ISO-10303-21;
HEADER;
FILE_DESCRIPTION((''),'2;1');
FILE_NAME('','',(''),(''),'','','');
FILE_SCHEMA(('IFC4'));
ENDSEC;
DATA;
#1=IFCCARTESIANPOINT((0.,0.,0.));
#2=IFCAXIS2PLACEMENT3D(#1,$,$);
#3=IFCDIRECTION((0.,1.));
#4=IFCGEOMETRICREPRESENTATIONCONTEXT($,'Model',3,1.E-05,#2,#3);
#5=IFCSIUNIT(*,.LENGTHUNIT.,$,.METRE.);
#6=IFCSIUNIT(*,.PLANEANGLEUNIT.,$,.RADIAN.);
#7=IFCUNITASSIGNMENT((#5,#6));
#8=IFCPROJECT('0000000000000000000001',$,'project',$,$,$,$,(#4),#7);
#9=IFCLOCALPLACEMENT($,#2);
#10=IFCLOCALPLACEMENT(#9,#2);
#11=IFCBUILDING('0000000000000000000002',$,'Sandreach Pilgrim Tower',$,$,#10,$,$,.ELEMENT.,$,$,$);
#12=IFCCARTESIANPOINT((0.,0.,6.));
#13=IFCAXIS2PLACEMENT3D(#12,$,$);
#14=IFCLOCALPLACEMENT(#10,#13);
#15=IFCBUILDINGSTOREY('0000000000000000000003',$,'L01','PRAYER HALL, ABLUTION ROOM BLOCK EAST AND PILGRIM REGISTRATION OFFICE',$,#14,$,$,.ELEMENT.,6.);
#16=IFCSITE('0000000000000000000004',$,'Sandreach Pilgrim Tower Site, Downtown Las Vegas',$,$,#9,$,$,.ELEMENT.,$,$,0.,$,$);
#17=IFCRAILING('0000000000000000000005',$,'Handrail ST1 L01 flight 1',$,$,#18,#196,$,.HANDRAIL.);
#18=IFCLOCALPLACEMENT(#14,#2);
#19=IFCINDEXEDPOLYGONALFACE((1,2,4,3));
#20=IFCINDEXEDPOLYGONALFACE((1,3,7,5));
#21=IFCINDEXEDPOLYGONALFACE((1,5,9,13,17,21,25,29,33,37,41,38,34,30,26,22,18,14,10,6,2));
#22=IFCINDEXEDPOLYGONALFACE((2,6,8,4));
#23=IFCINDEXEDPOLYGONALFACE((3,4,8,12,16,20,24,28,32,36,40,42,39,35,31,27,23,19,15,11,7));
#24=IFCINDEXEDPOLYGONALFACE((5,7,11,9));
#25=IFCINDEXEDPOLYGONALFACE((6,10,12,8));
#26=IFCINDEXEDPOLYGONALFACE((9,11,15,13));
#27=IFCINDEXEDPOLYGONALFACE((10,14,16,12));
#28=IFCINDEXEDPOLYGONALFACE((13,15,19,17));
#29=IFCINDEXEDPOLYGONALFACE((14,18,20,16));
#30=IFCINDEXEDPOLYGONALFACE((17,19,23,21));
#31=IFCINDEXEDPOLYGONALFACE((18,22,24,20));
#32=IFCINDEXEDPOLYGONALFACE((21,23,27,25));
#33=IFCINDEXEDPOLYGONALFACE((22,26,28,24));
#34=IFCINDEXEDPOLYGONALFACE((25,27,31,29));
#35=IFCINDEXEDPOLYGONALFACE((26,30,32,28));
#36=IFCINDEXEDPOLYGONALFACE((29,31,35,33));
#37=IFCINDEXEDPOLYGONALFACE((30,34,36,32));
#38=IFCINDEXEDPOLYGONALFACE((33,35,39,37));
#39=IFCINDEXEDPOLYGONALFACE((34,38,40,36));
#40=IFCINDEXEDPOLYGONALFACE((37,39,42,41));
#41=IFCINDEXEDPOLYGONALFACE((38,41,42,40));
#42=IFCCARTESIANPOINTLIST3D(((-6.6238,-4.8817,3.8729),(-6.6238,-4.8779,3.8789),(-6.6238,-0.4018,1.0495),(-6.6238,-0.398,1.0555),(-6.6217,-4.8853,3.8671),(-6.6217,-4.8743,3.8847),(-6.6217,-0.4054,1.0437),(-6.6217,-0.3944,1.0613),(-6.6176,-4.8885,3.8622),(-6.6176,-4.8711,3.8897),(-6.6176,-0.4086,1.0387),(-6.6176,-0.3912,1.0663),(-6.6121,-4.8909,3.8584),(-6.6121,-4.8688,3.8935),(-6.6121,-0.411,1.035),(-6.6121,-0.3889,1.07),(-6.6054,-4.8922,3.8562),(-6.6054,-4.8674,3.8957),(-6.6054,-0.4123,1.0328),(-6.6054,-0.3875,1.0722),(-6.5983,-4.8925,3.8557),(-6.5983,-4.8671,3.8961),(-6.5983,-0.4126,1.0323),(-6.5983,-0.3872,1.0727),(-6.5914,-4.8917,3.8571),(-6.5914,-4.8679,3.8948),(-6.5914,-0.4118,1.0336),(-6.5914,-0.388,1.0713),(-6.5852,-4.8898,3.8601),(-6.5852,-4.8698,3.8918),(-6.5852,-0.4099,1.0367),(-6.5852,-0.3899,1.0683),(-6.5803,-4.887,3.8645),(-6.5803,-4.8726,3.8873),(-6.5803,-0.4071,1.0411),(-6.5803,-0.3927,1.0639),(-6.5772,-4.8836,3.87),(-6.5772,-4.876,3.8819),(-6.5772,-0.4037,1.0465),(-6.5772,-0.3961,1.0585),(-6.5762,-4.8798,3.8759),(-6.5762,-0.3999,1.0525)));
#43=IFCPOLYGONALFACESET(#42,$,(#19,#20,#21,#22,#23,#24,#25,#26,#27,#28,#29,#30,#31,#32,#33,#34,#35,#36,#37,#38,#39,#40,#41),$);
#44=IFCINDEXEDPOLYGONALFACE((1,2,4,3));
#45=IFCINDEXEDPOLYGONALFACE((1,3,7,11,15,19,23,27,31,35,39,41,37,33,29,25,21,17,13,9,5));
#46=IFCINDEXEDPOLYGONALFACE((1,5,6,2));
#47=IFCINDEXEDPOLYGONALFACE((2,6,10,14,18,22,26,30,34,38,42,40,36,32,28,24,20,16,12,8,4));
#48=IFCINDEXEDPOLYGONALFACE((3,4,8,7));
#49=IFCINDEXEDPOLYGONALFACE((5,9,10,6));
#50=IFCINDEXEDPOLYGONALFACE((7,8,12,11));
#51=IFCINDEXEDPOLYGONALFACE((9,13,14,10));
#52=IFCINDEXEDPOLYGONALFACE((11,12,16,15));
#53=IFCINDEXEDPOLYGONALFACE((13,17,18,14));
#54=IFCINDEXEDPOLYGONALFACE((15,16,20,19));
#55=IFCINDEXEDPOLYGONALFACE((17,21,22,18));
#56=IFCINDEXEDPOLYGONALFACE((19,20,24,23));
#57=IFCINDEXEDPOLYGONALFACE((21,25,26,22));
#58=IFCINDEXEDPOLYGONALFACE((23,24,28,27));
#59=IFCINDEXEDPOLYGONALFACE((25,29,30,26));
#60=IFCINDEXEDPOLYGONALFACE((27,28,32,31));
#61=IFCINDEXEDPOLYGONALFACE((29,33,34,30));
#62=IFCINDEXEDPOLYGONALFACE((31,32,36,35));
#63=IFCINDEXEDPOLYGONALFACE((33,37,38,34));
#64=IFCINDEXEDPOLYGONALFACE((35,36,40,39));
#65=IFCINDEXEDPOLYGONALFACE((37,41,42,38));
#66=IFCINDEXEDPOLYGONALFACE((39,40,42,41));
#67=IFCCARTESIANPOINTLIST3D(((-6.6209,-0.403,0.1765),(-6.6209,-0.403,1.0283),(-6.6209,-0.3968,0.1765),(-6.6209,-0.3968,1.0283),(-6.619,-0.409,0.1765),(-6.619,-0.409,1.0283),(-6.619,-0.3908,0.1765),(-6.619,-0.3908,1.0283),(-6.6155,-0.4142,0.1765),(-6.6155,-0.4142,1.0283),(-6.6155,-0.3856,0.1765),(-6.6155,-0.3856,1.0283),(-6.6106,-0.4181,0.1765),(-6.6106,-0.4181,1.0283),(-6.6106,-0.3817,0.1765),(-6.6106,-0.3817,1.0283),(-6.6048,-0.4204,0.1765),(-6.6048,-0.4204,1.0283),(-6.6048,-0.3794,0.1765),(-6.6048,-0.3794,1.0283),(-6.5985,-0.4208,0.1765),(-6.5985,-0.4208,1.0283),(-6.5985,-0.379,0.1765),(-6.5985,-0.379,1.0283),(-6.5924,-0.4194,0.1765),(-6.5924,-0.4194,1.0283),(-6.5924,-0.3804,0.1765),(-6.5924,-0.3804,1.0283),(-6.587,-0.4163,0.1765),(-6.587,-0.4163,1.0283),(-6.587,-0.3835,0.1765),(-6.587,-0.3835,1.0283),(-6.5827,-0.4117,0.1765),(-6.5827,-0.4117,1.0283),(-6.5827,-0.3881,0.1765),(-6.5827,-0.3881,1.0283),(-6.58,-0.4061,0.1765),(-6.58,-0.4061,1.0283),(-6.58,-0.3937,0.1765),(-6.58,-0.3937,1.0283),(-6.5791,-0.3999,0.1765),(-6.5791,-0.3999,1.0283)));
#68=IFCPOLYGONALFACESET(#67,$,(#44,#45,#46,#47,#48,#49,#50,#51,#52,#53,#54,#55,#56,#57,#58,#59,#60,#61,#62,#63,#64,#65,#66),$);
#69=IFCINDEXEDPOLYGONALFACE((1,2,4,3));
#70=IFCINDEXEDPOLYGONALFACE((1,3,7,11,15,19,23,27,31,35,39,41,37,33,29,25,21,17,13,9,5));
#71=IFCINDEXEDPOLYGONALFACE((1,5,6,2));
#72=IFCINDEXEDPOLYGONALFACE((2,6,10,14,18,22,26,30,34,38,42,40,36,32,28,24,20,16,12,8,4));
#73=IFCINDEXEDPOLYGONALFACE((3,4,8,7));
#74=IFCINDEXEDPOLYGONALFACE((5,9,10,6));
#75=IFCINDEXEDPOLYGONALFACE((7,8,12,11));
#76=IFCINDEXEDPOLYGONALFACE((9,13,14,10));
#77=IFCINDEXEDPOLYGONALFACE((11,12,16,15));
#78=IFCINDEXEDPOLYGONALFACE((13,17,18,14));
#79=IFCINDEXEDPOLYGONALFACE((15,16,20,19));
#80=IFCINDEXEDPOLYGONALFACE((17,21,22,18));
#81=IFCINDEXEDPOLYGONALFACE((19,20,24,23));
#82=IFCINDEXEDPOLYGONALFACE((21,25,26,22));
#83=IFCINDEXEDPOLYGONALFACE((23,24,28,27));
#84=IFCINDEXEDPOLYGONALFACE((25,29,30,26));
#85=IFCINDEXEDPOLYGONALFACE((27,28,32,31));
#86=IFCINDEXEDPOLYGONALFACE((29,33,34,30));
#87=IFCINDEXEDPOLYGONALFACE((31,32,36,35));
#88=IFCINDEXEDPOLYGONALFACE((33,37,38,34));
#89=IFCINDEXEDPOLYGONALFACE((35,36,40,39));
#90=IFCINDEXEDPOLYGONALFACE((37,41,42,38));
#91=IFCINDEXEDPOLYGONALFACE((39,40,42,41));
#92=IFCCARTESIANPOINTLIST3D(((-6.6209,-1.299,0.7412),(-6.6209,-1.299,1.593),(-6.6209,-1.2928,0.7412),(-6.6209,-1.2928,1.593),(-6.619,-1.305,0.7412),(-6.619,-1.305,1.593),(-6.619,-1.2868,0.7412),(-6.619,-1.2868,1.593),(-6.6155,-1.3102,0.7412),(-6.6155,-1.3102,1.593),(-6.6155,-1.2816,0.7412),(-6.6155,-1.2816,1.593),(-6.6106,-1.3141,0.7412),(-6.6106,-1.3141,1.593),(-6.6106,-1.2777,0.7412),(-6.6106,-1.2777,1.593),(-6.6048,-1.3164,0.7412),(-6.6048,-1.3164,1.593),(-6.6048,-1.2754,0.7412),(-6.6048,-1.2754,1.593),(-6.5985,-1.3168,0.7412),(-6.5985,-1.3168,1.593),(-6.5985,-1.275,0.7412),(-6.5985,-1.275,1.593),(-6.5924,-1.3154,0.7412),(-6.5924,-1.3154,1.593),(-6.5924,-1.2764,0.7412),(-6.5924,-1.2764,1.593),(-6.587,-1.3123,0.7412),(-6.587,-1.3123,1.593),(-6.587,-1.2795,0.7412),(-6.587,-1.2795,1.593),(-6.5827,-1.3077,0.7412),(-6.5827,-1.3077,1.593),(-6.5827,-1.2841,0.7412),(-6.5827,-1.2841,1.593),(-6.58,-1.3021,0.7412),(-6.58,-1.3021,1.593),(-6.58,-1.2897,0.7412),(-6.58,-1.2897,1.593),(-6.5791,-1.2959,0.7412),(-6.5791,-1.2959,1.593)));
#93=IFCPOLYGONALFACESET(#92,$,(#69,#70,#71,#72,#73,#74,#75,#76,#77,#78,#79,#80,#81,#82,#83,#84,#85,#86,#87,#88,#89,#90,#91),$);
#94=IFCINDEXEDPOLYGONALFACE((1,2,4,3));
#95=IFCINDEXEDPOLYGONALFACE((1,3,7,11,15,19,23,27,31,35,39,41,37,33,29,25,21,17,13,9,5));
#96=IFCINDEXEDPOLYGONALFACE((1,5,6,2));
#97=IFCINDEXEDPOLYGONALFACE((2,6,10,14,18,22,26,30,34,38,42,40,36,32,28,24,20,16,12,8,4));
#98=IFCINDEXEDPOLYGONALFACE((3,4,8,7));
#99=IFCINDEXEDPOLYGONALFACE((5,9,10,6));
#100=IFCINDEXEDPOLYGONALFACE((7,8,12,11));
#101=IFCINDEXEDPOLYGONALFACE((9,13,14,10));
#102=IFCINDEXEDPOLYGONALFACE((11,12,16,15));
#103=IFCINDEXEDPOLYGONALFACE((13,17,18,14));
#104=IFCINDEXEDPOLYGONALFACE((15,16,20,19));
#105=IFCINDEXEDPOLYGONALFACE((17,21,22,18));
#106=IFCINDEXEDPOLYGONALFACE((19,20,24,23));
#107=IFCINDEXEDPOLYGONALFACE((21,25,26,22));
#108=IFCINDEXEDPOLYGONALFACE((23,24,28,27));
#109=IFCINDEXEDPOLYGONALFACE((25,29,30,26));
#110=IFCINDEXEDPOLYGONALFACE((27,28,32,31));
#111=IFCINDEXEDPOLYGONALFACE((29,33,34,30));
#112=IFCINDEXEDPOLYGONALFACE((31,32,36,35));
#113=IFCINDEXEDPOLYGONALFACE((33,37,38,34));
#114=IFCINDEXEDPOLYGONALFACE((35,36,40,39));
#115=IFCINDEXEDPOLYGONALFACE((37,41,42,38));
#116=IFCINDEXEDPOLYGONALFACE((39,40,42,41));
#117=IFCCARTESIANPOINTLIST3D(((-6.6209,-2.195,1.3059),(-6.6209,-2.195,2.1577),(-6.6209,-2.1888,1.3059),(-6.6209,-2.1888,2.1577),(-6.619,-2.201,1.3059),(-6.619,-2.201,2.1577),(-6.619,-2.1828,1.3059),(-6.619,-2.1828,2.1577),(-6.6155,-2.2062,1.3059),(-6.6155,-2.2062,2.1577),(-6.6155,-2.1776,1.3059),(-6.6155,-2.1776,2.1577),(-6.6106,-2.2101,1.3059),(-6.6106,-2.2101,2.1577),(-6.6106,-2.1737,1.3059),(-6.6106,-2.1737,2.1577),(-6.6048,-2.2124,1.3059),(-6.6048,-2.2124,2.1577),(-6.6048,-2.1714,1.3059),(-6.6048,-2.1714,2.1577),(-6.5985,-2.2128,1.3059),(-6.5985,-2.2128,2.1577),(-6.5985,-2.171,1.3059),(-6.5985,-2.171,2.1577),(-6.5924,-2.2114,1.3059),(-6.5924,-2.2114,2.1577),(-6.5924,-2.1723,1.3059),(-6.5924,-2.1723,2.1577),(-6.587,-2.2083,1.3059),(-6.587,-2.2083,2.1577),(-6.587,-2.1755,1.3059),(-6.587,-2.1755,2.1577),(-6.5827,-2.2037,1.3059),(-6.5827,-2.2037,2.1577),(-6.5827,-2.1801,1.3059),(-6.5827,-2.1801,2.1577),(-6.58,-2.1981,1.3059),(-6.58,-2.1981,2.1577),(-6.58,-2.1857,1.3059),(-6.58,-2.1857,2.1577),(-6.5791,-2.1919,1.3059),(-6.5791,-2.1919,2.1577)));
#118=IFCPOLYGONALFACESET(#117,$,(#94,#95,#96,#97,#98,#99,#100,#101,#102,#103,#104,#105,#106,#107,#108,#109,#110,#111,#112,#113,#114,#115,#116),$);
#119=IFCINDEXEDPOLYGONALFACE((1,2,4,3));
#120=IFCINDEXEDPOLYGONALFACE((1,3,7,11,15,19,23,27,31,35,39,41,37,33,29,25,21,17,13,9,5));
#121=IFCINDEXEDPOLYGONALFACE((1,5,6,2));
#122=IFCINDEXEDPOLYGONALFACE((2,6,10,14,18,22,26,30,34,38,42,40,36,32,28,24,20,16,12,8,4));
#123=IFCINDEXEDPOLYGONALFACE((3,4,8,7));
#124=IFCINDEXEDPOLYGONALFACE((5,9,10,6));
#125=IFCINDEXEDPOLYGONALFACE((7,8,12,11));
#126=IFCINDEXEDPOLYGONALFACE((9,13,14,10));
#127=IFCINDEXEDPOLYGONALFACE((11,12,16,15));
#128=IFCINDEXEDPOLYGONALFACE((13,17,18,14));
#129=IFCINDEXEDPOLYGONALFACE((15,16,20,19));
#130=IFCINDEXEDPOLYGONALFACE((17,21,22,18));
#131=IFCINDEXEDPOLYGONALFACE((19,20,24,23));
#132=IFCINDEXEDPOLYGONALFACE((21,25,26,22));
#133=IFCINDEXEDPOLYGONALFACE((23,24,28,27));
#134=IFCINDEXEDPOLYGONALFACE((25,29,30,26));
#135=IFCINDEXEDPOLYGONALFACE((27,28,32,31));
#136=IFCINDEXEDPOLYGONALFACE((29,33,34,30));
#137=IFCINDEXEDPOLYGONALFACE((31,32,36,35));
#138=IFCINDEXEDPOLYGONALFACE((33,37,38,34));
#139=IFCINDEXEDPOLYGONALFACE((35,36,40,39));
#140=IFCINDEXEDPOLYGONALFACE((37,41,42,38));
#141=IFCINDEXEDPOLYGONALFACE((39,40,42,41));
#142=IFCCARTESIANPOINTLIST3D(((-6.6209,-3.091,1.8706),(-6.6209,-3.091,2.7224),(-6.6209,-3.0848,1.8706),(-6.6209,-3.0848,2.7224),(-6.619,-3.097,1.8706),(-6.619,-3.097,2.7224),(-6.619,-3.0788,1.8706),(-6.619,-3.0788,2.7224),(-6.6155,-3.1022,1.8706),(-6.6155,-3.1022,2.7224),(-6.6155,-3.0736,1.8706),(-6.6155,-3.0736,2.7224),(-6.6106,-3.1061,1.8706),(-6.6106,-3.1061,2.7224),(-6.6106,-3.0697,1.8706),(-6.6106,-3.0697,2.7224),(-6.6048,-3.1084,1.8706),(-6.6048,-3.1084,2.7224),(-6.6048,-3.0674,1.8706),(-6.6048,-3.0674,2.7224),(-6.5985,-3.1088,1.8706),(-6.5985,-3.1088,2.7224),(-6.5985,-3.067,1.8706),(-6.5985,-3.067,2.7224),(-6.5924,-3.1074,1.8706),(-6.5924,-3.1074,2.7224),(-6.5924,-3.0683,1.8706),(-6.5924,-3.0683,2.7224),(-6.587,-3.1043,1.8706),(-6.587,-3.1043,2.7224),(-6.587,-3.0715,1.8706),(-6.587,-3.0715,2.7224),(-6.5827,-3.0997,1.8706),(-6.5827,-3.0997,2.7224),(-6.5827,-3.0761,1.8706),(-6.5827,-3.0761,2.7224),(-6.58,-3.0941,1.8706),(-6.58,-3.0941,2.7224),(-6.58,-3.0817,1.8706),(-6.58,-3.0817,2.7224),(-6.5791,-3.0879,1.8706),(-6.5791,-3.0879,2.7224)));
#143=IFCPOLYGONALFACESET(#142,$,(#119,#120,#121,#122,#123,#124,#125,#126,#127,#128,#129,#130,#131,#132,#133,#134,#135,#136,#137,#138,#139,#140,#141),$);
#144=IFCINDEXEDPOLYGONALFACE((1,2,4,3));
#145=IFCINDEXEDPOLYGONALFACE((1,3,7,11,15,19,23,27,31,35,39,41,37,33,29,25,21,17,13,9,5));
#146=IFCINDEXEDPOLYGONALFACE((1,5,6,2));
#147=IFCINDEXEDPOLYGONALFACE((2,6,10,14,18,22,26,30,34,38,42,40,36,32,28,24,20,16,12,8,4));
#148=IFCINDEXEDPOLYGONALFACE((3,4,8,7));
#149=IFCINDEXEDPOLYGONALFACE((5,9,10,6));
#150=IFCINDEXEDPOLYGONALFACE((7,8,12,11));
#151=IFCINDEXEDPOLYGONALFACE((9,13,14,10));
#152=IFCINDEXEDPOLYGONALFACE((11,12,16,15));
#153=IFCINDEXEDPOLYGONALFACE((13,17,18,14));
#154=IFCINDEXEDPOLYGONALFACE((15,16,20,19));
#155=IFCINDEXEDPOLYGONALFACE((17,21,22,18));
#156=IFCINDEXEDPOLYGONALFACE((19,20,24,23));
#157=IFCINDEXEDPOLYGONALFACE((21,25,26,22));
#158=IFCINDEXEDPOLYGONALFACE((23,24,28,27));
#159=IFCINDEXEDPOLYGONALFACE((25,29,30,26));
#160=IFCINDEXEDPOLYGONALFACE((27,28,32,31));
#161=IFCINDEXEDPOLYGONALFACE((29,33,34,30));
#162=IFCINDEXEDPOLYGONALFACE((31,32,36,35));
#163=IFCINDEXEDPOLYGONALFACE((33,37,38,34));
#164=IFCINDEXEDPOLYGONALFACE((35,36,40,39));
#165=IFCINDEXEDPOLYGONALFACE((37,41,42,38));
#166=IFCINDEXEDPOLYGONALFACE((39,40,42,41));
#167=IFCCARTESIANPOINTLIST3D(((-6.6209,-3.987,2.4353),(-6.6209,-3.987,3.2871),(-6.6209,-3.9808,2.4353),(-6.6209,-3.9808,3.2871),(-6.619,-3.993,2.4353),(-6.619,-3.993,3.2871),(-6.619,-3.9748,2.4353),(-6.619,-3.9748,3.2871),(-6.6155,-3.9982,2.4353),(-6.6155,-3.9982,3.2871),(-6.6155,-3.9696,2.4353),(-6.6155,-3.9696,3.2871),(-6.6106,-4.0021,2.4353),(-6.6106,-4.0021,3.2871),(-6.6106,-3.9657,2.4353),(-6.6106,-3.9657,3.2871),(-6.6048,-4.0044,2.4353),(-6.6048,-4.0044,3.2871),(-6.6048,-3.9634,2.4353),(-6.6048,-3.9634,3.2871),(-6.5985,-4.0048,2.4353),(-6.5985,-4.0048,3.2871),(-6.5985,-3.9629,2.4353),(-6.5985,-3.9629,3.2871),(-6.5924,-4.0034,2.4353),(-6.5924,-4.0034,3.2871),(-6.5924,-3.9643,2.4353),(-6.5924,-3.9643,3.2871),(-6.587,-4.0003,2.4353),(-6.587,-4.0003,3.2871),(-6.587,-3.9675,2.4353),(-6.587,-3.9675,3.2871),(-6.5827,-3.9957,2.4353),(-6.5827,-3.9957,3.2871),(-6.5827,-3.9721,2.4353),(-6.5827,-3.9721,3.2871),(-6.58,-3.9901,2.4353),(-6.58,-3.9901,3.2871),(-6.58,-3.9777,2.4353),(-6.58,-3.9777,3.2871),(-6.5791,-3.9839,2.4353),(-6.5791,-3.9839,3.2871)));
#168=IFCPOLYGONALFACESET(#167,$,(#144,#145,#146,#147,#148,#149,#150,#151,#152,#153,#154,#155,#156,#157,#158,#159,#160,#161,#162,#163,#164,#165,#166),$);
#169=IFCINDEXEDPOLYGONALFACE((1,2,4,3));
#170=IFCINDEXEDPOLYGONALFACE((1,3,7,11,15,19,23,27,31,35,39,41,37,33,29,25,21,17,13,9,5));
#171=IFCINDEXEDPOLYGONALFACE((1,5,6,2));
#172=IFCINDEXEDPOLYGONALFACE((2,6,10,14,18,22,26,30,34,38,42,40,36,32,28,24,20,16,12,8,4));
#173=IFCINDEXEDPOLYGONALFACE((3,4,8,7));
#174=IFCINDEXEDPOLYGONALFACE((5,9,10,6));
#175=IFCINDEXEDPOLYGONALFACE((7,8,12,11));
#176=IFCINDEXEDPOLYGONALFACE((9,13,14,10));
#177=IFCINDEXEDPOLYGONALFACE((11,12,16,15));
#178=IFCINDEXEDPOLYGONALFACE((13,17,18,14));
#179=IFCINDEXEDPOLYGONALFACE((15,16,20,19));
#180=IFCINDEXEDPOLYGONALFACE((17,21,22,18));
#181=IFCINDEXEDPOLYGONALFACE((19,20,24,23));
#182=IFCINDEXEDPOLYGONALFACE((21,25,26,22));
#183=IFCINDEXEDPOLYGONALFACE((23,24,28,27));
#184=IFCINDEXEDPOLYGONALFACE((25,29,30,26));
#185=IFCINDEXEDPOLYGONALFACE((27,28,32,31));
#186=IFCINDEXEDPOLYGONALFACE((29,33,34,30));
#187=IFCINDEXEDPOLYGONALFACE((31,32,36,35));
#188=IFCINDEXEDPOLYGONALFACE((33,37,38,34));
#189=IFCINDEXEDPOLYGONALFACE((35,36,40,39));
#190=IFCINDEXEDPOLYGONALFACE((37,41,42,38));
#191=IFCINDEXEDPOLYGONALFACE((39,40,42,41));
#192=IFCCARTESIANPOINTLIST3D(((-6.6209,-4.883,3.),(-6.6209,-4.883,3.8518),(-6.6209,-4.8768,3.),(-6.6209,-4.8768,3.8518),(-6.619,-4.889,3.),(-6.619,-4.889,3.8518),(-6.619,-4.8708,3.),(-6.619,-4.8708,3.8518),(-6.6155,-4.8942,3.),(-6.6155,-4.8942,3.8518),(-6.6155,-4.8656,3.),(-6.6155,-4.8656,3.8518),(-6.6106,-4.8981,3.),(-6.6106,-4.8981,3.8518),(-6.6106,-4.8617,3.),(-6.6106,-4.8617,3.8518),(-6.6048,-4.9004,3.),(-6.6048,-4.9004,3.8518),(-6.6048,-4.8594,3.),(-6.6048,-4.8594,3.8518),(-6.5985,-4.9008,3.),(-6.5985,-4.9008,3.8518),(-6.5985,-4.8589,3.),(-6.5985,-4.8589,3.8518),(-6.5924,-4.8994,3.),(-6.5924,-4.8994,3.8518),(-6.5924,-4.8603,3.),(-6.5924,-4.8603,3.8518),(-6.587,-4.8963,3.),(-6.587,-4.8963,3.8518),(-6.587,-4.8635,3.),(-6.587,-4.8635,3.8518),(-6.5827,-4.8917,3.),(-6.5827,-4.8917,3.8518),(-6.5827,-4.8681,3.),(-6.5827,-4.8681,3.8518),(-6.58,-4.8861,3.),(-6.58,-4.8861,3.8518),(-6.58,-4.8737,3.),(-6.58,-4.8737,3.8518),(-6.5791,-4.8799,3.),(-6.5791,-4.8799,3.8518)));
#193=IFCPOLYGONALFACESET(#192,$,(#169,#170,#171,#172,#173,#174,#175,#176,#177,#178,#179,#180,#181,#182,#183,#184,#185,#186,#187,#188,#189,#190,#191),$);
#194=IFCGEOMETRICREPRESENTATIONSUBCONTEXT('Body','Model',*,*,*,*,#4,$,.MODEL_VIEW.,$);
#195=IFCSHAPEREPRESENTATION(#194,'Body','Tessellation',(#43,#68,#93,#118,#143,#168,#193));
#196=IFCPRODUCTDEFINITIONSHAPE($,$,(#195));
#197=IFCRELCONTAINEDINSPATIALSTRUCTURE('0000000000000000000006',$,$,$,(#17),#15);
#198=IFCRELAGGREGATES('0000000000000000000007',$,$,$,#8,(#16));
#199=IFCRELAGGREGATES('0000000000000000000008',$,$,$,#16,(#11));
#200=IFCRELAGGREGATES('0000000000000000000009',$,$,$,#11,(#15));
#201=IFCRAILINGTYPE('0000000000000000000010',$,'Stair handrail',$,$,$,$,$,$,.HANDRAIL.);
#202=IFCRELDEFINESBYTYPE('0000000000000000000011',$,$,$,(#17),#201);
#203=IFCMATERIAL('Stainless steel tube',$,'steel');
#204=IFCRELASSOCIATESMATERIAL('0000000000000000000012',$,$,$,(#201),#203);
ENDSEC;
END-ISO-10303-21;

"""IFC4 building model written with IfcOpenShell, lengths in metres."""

from ifc_helpers import new_model, si_unit, direction, frame, origin, origin_2d, place, context, subcontext, project, spatial, circle, extrude, material, type_object, element, save


model = new_model("IFC4")

# Units and contexts
model_context = context("Model", 3, precision=1e-05, world=origin(), true_north=direction((0.0, 1.0)))
body_context = subcontext(model_context, "Body", "Model", "MODEL_VIEW")
ifc_project = project(units=[si_unit("LENGTHUNIT", "METRE"), si_unit("PLANEANGLEUNIT", "RADIAN")], contexts=[model_context])

# Site, building, storey
site_placement = place(None, origin())
site = spatial("IfcSite", under=ifc_project, at=site_placement, Name="Sandreach Pilgrim Tower Site, Downtown Las Vegas", CompositionType="ELEMENT", RefElevation=0.0)
building_placement = place(site_placement, origin())
building = spatial("IfcBuilding", under=site, at=building_placement, Name="Sandreach Pilgrim Tower", CompositionType="ELEMENT")
storey_placement = place(building_placement, frame((0.0, 0.0, 6.0)))
storey = spatial("IfcBuildingStorey", under=building, at=storey_placement, Name="L01", Description="PRAYER HALL, ABLUTION ROOM BLOCK EAST AND PILGRIM REGISTRATION OFFICE", CompositionType="ELEMENT", Elevation=6.0)

# Railing
ifc_material_1 = material(Name="Stainless steel tube", Category="steel")
railing_type = type_object("IfcRailingType", Name="Stair handrail", PredefinedType="HANDRAIL", material=ifc_material_1)
for number, where, name in (
    (1, (-6.6001, -0.3999, 0.1765), "Handrail ST1 L01 flight 1"),
):
    element("IfcRailing", number, at=place(storey_placement, frame(where)), inside=storey, type_object=railing_type, Name=name, PredefinedType="HANDRAIL", context=body_context, shape_type="SweptSolid", body=[
        extrude(circle(Radius=0.0239, at=origin_2d()), frame((0.0, 0.0, 0.876), z_axis=(0.0, -0.845998, 0.533186), x_axis=(1.0, 0.0, 0.0)), (0.0, 0.0, 1.0), 5.2954),
        extrude(circle(Radius=0.021, at=origin_2d()), origin(), (0.0, 0.0, 1.0), 0.8518),
        extrude(circle(Radius=0.021, at=origin_2d()), frame((0.0, -0.896, 0.5647)), (0.0, 0.0, 1.0), 0.8518),
        extrude(circle(Radius=0.021, at=origin_2d()), frame((0.0, -1.792, 1.1294)), (0.0, 0.0, 1.0), 0.8518),
        extrude(circle(Radius=0.021, at=origin_2d()), frame((0.0, -2.688, 1.6941)), (0.0, 0.0, 1.0), 0.8518),
        extrude(circle(Radius=0.021, at=origin_2d()), frame((0.0, -3.584, 2.2588)), (0.0, 0.0, 1.0), 0.8518),
        extrude(circle(Radius=0.021, at=origin_2d()), frame((0.0, -4.48, 2.8235)), (0.0, 0.0, 1.0), 0.8518),
    ])

save(model, "model.ifc")
